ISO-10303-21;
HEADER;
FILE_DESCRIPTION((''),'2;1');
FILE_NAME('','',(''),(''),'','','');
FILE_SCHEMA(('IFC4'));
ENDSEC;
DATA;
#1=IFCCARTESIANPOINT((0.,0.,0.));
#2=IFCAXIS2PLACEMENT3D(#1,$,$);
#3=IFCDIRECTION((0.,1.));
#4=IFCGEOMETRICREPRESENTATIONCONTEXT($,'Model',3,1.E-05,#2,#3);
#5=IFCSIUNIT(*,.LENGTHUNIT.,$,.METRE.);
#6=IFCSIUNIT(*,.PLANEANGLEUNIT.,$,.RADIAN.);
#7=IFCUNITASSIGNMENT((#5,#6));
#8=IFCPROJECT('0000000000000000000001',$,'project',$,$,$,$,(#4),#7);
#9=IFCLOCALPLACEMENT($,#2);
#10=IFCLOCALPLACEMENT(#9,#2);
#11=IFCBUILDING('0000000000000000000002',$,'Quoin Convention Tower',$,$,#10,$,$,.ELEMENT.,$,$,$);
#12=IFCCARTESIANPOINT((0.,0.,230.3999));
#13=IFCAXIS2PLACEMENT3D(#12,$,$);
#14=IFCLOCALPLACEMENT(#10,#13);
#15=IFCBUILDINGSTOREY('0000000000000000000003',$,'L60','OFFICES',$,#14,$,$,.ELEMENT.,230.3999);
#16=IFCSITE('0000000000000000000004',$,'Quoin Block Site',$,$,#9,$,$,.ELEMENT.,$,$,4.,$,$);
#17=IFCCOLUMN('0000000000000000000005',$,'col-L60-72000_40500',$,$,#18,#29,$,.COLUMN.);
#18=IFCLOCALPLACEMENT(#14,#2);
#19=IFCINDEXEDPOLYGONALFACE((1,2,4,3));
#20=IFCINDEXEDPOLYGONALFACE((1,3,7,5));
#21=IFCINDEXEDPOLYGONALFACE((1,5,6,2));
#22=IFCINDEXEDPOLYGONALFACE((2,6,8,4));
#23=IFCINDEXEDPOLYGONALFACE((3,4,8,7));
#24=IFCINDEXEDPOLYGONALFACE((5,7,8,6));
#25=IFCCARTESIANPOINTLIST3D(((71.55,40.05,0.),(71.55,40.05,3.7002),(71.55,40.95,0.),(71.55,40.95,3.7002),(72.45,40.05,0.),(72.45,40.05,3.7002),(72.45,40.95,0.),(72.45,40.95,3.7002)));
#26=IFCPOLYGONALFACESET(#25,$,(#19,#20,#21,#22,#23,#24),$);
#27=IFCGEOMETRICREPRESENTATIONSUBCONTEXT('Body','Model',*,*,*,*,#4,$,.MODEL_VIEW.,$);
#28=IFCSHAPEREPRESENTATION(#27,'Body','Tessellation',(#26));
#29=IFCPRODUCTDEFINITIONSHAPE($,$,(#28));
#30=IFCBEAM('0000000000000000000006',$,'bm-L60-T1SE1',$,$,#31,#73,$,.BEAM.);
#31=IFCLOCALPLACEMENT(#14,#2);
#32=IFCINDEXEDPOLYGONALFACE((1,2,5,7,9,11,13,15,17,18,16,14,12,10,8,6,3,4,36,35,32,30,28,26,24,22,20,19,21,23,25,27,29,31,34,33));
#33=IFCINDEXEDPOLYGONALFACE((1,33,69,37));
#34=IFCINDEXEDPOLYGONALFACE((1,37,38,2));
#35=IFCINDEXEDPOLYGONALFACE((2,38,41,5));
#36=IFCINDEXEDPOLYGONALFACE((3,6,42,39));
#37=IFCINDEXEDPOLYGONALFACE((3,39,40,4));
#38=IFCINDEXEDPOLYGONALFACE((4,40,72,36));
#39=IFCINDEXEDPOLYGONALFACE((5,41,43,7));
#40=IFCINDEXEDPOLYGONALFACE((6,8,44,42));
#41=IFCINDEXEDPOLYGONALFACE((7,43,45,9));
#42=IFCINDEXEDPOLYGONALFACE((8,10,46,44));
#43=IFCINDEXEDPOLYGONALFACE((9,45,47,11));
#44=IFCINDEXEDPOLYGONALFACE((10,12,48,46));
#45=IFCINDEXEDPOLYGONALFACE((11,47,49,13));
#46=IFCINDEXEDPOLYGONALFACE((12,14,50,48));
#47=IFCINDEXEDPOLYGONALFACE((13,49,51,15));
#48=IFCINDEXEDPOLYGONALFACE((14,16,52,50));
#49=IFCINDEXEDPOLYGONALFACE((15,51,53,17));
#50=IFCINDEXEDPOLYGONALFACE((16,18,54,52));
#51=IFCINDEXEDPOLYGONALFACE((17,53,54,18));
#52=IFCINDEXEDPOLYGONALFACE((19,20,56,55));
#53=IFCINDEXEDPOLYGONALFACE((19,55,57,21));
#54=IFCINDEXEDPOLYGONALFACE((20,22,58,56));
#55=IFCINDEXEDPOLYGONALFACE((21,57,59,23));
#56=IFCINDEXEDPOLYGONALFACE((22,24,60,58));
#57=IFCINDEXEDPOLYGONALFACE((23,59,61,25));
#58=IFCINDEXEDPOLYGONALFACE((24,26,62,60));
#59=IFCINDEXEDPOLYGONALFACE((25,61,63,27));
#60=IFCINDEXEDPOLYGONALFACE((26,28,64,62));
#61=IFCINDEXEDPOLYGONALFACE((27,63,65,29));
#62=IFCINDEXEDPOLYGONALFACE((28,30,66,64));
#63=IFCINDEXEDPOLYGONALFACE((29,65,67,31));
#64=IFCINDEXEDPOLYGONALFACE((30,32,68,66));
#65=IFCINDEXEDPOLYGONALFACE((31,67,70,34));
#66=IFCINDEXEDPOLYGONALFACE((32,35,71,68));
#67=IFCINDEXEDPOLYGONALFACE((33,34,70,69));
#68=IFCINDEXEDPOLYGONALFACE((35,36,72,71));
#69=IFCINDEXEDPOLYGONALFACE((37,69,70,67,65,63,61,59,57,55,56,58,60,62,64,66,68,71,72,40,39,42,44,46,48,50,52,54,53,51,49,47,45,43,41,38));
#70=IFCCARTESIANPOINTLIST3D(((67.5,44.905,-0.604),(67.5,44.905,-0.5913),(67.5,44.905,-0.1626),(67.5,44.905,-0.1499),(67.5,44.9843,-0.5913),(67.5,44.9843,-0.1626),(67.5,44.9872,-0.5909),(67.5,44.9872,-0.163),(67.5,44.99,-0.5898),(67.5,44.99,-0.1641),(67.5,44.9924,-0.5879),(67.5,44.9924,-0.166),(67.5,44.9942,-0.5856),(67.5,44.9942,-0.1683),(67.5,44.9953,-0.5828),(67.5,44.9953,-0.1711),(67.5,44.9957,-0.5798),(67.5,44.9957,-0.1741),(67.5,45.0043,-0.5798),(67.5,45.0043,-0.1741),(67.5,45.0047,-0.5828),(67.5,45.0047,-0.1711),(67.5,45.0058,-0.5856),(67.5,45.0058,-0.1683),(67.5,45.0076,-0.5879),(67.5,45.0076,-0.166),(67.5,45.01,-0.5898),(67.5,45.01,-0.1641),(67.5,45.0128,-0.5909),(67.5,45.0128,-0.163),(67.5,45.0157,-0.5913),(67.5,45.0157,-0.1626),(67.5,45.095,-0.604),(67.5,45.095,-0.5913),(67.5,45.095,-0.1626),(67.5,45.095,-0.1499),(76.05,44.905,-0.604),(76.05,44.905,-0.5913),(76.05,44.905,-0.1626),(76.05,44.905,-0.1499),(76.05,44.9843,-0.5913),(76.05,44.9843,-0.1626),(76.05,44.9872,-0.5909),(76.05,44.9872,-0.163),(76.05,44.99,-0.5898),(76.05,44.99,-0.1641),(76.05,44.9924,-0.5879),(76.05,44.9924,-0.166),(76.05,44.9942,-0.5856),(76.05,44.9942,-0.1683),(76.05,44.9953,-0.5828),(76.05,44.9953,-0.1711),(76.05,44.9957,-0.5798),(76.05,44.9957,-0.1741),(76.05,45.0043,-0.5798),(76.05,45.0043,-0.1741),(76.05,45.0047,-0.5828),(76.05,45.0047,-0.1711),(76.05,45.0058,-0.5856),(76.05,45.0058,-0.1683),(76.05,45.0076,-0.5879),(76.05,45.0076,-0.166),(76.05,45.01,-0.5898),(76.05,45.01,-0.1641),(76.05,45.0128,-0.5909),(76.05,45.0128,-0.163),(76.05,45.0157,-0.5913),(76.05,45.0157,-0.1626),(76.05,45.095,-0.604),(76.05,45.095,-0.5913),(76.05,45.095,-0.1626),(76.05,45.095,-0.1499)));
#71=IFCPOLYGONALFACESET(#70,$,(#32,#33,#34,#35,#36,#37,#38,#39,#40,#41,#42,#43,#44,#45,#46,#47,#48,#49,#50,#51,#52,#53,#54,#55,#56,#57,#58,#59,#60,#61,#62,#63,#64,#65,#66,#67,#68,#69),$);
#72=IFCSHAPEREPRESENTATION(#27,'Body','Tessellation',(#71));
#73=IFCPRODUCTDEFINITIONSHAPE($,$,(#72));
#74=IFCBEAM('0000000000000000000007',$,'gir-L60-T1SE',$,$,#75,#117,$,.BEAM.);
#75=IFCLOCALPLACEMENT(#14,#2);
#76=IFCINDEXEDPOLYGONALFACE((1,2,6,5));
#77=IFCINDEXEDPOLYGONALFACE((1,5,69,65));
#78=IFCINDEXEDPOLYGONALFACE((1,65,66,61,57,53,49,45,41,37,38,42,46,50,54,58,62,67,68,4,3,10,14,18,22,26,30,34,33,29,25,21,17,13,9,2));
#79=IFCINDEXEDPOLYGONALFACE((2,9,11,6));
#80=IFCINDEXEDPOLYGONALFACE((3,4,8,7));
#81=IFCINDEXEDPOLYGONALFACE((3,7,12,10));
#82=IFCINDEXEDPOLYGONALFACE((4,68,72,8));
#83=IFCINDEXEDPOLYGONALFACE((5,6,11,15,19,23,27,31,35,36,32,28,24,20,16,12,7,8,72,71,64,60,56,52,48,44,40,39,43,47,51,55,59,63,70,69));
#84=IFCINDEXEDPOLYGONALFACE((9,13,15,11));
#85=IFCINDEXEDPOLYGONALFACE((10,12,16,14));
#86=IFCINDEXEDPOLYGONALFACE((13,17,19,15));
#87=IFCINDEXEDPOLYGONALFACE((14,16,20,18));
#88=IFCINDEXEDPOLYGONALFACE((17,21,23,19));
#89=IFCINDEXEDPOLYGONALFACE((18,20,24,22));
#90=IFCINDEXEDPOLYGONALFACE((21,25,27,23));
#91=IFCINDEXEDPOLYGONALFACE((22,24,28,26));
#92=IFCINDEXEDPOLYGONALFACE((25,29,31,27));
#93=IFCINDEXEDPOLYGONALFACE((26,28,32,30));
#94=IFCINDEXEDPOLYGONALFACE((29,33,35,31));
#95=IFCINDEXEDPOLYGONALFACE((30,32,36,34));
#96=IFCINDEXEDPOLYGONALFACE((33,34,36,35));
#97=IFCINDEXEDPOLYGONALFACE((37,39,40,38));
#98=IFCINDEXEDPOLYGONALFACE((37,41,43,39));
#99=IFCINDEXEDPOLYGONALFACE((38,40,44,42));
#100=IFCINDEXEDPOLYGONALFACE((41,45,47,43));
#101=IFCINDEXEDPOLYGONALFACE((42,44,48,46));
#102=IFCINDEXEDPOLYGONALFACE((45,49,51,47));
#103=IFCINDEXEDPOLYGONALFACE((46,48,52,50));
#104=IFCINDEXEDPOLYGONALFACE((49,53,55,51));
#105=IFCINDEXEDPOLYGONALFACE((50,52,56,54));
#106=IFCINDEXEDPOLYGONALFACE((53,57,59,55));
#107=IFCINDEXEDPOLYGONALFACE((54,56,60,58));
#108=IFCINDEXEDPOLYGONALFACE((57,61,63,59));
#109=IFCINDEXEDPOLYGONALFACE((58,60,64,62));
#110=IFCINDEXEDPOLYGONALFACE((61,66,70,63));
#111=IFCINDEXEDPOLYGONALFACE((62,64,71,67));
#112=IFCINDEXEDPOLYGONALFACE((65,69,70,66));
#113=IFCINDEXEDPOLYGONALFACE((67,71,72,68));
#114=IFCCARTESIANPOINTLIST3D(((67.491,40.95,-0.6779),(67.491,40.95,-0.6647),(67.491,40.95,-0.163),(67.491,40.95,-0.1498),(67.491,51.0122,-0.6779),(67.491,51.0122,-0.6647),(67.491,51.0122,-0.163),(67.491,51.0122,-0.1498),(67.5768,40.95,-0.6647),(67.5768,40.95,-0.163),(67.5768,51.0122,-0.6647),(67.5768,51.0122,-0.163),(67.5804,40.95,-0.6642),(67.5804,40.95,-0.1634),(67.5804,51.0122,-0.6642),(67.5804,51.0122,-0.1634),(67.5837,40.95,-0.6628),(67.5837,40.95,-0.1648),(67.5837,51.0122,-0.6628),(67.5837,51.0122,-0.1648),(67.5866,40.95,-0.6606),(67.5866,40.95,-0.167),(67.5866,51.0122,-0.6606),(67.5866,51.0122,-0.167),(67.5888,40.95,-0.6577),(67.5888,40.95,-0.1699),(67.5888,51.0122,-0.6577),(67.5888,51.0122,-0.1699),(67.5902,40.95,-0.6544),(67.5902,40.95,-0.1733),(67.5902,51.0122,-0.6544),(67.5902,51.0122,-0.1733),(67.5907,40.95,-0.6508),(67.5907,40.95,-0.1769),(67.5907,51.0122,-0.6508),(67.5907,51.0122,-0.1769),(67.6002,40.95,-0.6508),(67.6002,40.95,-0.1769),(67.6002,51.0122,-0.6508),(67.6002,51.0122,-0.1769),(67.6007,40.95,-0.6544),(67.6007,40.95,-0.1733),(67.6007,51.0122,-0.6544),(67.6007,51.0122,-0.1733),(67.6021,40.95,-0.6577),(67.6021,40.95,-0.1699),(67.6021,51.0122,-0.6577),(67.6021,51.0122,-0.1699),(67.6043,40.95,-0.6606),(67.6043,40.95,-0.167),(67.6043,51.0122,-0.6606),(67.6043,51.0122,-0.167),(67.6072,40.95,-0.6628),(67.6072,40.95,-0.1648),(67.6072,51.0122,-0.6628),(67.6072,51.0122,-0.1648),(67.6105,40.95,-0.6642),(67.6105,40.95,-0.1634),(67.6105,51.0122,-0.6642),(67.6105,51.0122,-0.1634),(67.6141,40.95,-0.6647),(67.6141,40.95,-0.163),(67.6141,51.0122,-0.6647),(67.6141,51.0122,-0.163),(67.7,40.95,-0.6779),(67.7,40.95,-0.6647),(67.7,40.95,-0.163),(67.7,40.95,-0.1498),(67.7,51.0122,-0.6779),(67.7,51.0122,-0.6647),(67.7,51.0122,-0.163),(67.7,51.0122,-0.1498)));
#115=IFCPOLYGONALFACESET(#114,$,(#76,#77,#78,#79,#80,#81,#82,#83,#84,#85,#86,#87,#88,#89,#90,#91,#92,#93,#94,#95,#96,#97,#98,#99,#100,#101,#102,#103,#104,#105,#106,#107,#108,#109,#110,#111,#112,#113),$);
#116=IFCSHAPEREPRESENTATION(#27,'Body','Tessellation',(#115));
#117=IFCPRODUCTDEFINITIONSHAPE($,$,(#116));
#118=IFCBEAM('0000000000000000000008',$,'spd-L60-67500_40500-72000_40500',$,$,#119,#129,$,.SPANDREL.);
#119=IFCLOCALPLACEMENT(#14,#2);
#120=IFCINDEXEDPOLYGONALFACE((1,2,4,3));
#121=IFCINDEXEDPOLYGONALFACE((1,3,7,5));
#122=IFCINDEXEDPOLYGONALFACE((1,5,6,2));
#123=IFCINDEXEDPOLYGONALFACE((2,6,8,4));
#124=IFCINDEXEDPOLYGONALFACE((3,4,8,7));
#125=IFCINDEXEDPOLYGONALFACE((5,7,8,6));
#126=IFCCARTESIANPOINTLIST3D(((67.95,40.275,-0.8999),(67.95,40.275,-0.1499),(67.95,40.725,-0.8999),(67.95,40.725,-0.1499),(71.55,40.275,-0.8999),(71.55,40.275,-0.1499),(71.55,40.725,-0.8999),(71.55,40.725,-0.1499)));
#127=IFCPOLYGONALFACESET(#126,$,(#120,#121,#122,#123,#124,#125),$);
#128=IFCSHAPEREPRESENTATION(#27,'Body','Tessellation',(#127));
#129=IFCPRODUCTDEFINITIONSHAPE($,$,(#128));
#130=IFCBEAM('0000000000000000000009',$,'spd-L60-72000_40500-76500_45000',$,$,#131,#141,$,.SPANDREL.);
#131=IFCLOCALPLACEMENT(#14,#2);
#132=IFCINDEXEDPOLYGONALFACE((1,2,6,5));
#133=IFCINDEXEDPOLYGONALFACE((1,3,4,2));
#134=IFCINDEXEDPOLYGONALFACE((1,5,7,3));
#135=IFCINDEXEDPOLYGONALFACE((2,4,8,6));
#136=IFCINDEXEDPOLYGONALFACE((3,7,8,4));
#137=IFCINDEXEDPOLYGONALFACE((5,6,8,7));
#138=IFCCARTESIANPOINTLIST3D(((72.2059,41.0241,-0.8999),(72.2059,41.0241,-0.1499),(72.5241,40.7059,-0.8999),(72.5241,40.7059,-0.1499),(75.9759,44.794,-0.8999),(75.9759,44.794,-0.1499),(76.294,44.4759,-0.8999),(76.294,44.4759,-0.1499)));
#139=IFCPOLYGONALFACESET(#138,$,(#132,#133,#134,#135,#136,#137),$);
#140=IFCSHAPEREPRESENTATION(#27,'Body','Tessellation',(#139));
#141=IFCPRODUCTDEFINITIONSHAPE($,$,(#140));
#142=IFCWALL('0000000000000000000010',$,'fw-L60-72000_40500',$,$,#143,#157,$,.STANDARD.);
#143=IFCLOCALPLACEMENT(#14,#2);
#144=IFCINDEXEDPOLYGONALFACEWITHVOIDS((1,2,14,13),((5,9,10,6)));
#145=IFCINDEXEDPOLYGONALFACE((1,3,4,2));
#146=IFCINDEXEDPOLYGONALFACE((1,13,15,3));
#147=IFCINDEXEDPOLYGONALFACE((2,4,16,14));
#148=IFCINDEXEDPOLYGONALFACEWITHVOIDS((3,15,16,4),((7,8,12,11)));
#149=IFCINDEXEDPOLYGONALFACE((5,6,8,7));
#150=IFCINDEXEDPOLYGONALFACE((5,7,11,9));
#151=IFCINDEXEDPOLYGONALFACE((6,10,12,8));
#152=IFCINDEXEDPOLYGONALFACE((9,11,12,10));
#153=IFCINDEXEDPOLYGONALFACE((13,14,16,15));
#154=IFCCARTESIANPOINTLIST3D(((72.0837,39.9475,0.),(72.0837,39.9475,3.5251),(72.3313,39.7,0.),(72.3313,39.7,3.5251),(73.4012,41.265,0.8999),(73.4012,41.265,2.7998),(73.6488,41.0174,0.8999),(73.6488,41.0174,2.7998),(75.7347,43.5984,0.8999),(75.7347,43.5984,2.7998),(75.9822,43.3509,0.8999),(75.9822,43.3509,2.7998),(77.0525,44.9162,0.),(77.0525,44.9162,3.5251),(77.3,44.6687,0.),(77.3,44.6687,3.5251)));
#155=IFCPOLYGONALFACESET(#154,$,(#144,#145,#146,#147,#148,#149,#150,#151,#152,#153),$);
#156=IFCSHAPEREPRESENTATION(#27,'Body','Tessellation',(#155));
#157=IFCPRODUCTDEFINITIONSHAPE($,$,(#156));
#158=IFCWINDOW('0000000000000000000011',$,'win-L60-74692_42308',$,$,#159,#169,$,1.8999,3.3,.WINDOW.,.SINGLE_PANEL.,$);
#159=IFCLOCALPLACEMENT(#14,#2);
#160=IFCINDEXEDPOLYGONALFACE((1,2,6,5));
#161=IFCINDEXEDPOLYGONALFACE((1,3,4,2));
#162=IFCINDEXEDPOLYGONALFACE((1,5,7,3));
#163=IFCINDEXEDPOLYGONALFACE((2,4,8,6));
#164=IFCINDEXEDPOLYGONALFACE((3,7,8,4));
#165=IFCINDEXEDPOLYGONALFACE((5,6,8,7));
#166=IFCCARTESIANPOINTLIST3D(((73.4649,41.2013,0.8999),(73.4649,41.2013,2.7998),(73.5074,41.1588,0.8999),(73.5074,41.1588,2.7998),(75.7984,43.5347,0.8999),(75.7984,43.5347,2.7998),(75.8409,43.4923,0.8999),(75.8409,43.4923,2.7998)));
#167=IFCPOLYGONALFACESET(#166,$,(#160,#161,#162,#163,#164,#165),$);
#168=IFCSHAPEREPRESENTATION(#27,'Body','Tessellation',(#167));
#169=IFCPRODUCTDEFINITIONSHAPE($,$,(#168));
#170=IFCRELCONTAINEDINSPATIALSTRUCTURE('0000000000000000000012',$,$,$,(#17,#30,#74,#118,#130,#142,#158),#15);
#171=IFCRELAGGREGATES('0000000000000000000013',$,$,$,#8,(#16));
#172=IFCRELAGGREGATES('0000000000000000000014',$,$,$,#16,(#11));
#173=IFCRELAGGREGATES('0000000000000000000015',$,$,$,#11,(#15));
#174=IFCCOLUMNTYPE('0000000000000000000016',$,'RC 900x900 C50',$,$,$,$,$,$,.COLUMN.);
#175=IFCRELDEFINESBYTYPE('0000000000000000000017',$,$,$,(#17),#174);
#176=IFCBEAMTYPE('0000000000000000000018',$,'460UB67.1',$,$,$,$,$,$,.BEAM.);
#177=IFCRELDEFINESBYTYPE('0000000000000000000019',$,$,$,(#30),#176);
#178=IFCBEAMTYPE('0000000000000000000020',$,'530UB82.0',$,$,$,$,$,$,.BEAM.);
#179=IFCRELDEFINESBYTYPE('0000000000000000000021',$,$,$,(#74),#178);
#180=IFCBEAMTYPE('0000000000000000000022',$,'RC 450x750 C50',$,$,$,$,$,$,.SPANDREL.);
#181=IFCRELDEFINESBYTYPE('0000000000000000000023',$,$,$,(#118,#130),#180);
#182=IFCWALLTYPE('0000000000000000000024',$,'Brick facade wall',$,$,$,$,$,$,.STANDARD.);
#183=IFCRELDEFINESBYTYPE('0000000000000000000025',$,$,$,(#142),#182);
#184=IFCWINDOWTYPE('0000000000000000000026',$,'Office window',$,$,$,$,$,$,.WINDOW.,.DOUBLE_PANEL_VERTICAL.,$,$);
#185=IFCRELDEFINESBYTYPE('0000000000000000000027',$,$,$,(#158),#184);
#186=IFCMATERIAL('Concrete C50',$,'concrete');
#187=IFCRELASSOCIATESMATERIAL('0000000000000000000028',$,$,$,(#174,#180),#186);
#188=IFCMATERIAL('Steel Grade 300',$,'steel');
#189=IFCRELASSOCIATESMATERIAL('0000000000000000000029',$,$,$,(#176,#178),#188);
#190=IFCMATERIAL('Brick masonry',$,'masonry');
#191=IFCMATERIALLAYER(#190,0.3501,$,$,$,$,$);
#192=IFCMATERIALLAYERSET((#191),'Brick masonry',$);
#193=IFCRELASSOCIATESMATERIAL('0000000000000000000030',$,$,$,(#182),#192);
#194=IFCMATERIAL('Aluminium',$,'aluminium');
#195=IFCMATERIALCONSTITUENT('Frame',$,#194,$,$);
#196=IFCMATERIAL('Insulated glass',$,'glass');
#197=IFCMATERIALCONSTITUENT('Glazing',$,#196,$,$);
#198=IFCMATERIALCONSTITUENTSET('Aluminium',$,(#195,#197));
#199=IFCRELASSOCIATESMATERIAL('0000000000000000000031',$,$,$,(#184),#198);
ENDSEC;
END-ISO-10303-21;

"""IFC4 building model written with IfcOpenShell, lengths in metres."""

from ifc_helpers import new_model, si_unit, direction, frame, frame_2d, origin, origin_2d, place, context, subcontext, project, spatial, rectangle, i_section, extrude, material, layer, layer_set, constituent, constituent_set, material_profile, profile_set, type_object, element, fill, save


model = new_model("IFC4")

# Units and contexts
model_context = context("Model", 3, precision=1e-05, world=origin(), true_north=direction((0.0, 1.0)))
body_context = subcontext(model_context, "Body", "Model", "MODEL_VIEW")
ifc_project = project(units=[si_unit("LENGTHUNIT", "METRE"), si_unit("PLANEANGLEUNIT", "RADIAN")], contexts=[model_context])

# Site, building, storey
site_placement = place(None, origin())
site = spatial("IfcSite", under=ifc_project, at=site_placement, Name="Quoin Block Site", CompositionType="ELEMENT", RefElevation=4.0)
building_placement = place(site_placement, origin())
building = spatial("IfcBuilding", under=site, at=building_placement, Name="Quoin Convention Tower", CompositionType="ELEMENT")
storey_placement = place(building_placement, frame((0.0, 0.0, 230.3999)))
storey = spatial("IfcBuildingStorey", under=building, at=storey_placement, Name="L60", Description="OFFICES", CompositionType="ELEMENT", Elevation=230.3999)

# Column
ifc_material_1 = material(Name="Concrete C50", Category="concrete")
ifc_material_profile_1 = material_profile(ifc_material_1, rectangle(XDim=0.8999, YDim=0.8999, at=origin_2d()), Name="RC 900x900")
ifc_profile_set_1 = profile_set([ifc_material_profile_1], Name="Concrete C50")
column_type = type_object("IfcColumnType", Name="RC 900x900 C50", PredefinedType="COLUMN", material=ifc_profile_set_1)
column_placement = place(storey_placement, frame((72.0, 40.5, 0.0), z_axis=(0.0, 0.0, 1.0), x_axis=(1.0, 0.0, 0.0)))
element("IfcColumn", 1, at=column_placement, inside=storey, type_object=column_type, Name="col-L60-72000_40500", PredefinedType="COLUMN", context=body_context, shape_type="SweptSolid", body=[
    extrude(rectangle(XDim=0.8999, YDim=0.8999, at=origin_2d()), origin(), (0.0, 0.0, 1.0), 3.7002),
])

# Beams
ifc_material_2 = material(Name="Steel Grade 300", Category="steel")
ifc_material_profile_2 = material_profile(ifc_material_2, i_section(OverallWidth=0.1899, OverallDepth=0.4541, WebThickness=0.0085, FlangeThickness=0.0127, FilletRadius=0.0115, at=origin_2d()), Name="460UB67.1")
ifc_profile_set_2 = profile_set([ifc_material_profile_2], Name="Steel Grade 300")
beam_type_1 = type_object("IfcBeamType", Name="460UB67.1", PredefinedType="BEAM", material=ifc_profile_set_2)
beam_1_placement = place(storey_placement, frame((67.5, 45.0, -0.377), z_axis=(1.0, 0.0, 0.0), x_axis=(0.0, 1.0, 0.0)))
element("IfcBeam", 2, at=beam_1_placement, inside=storey, type_object=beam_type_1, Name="bm-L60-T1SE1", PredefinedType="BEAM", context=body_context, shape_type="SweptSolid", body=[
    extrude(i_section(OverallWidth=0.1899, OverallDepth=0.4541, WebThickness=0.0085, FlangeThickness=0.0127, FilletRadius=0.0115, at=origin_2d()), origin(), (0.0, 0.0, 1.0), 8.55),
])
ifc_material_profile_3 = material_profile(ifc_material_2, i_section(OverallWidth=0.209, OverallDepth=0.5281, WebThickness=0.0095, FlangeThickness=0.0132, FilletRadius=0.0139, at=origin_2d()), Name="530UB82.0")
ifc_profile_set_3 = profile_set([ifc_material_profile_3], Name="Steel Grade 300")
beam_type_2 = type_object("IfcBeamType", Name="530UB82.0", PredefinedType="BEAM", material=ifc_profile_set_3)
beam_2_placement = place(storey_placement, frame((67.5955, 40.95, -0.4138), z_axis=(0.0, 1.0, 0.0), x_axis=(-1.0, 0.0, 0.0)))
element("IfcBeam", 3, at=beam_2_placement, inside=storey, type_object=beam_type_2, Name="gir-L60-T1SE", PredefinedType="BEAM", context=body_context, shape_type="SweptSolid", body=[
    extrude(i_section(OverallWidth=0.209, OverallDepth=0.5281, WebThickness=0.0095, FlangeThickness=0.0132, FilletRadius=0.0139, at=origin_2d()), origin(), (0.0, 0.0, 1.0), 10.0623),
])
ifc_material_profile_4 = material_profile(ifc_material_1, rectangle(XDim=0.45, YDim=0.75, at=origin_2d()), Name="RC 450x750")
ifc_profile_set_4 = profile_set([ifc_material_profile_4], Name="Concrete C50")
beam_type_3 = type_object("IfcBeamType", Name="RC 450x750 C50", PredefinedType="SPANDREL", material=ifc_profile_set_4)
beam_3_placement = place(storey_placement, frame((67.95, 40.5, -0.5249), z_axis=(1.0, 0.0, 0.0), x_axis=(0.0, 1.0, 0.0)))
element("IfcBeam", 4, at=beam_3_placement, inside=storey, type_object=beam_type_3, Name="spd-L60-67500_40500-72000_40500", PredefinedType="SPANDREL", context=body_context, shape_type="SweptSolid", body=[
    extrude(rectangle(XDim=0.45, YDim=0.75, at=origin_2d()), origin(), (0.0, 0.0, 1.0), 3.6001),
])
beam_4_placement = place(storey_placement, frame((72.365, 40.865, -0.5249), z_axis=(0.707107, 0.707107, 0.0), x_axis=(-0.707107, 0.707107, 0.0)))
element("IfcBeam", 5, at=beam_4_placement, inside=storey, type_object=beam_type_3, Name="spd-L60-72000_40500-76500_45000", PredefinedType="SPANDREL", context=body_context, shape_type="SweptSolid", body=[
    extrude(rectangle(XDim=0.45, YDim=0.75, at=origin_2d()), origin(), (0.0, 0.0, 1.0), 5.3315),
])

# Wall, opening, window
ifc_material_3 = material(Name="Brick masonry", Category="masonry")
ifc_layer_1 = layer(ifc_material_3, 0.3501)
ifc_layer_set_1 = layer_set([ifc_layer_1], Name="Brick masonry")
wall_type_1 = type_object("IfcWallType", Name="Brick facade wall", PredefinedType="STANDARD", material=ifc_layer_set_1)
wall_1_placement = place(storey_placement, frame((72.2075, 39.8237, 0.0), z_axis=(0.0, 0.0, 1.0), x_axis=(0.707107, 0.707107, 0.0)))
wall_1 = element("IfcWall", 6, at=wall_1_placement, inside=storey, type_object=wall_type_1, Name="fw-L60-72000_40500", PredefinedType="STANDARD", context=body_context, shape_type="SweptSolid", body=[
    extrude(rectangle(XDim=7.0269, YDim=0.3501, at=frame_2d((3.5134, 0.0))), origin(), (0.0, 0.0, 1.0), 3.5251),
])
opening_1_placement = place(wall_1_placement, frame((1.8633, 0.0, 0.8999)))
opening_1 = element("IfcOpeningElement", 7, at=opening_1_placement, cuts=wall_1, PredefinedType="OPENING", context=body_context, shape_type="SweptSolid", body=[
    extrude(rectangle(XDim=3.3, YDim=1.8999, at=frame_2d((1.6499, 0.95))), frame((0.0, 0.1851, 0.0), z_axis=(0.0, -1.0, 0.0), x_axis=(1.0, 0.0, 0.0)), (0.0, 0.0, 1.0), 0.3701),
])
ifc_material_4 = material(Name="Aluminium", Category="aluminium")
ifc_constituent_1 = constituent(ifc_material_4, Name="Frame")
ifc_material_5 = material(Name="Insulated glass", Category="glass")
ifc_constituent_2 = constituent(ifc_material_5, Name="Glazing")
ifc_constituent_set = constituent_set(constituents=[ifc_constituent_1, ifc_constituent_2], Name="Aluminium")
window_type = type_object("IfcWindowType", Name="Office window", PartitioningType="DOUBLE_PANEL_VERTICAL", PredefinedType="WINDOW", material=ifc_constituent_set)
window_1_placement = place(opening_1_placement, origin())
window_1 = element("IfcWindow", 8, at=window_1_placement, inside=storey, type_object=window_type, Name="win-L60-74692_42308", OverallHeight=1.8999, OverallWidth=3.3, PartitioningType="SINGLE_PANEL", PredefinedType="WINDOW", context=body_context, shape_type="SweptSolid", body=[
    extrude(rectangle(XDim=3.3, YDim=1.8999, at=frame_2d((1.6499, 0.95))), frame((0.0, 0.085, 0.0), z_axis=(0.0, -1.0, 0.0), x_axis=(1.0, 0.0, 0.0)), (0.0, 0.0, 1.0), 0.0601),
])
fill(opening_1, window_1)

save(model, "model.ifc")
